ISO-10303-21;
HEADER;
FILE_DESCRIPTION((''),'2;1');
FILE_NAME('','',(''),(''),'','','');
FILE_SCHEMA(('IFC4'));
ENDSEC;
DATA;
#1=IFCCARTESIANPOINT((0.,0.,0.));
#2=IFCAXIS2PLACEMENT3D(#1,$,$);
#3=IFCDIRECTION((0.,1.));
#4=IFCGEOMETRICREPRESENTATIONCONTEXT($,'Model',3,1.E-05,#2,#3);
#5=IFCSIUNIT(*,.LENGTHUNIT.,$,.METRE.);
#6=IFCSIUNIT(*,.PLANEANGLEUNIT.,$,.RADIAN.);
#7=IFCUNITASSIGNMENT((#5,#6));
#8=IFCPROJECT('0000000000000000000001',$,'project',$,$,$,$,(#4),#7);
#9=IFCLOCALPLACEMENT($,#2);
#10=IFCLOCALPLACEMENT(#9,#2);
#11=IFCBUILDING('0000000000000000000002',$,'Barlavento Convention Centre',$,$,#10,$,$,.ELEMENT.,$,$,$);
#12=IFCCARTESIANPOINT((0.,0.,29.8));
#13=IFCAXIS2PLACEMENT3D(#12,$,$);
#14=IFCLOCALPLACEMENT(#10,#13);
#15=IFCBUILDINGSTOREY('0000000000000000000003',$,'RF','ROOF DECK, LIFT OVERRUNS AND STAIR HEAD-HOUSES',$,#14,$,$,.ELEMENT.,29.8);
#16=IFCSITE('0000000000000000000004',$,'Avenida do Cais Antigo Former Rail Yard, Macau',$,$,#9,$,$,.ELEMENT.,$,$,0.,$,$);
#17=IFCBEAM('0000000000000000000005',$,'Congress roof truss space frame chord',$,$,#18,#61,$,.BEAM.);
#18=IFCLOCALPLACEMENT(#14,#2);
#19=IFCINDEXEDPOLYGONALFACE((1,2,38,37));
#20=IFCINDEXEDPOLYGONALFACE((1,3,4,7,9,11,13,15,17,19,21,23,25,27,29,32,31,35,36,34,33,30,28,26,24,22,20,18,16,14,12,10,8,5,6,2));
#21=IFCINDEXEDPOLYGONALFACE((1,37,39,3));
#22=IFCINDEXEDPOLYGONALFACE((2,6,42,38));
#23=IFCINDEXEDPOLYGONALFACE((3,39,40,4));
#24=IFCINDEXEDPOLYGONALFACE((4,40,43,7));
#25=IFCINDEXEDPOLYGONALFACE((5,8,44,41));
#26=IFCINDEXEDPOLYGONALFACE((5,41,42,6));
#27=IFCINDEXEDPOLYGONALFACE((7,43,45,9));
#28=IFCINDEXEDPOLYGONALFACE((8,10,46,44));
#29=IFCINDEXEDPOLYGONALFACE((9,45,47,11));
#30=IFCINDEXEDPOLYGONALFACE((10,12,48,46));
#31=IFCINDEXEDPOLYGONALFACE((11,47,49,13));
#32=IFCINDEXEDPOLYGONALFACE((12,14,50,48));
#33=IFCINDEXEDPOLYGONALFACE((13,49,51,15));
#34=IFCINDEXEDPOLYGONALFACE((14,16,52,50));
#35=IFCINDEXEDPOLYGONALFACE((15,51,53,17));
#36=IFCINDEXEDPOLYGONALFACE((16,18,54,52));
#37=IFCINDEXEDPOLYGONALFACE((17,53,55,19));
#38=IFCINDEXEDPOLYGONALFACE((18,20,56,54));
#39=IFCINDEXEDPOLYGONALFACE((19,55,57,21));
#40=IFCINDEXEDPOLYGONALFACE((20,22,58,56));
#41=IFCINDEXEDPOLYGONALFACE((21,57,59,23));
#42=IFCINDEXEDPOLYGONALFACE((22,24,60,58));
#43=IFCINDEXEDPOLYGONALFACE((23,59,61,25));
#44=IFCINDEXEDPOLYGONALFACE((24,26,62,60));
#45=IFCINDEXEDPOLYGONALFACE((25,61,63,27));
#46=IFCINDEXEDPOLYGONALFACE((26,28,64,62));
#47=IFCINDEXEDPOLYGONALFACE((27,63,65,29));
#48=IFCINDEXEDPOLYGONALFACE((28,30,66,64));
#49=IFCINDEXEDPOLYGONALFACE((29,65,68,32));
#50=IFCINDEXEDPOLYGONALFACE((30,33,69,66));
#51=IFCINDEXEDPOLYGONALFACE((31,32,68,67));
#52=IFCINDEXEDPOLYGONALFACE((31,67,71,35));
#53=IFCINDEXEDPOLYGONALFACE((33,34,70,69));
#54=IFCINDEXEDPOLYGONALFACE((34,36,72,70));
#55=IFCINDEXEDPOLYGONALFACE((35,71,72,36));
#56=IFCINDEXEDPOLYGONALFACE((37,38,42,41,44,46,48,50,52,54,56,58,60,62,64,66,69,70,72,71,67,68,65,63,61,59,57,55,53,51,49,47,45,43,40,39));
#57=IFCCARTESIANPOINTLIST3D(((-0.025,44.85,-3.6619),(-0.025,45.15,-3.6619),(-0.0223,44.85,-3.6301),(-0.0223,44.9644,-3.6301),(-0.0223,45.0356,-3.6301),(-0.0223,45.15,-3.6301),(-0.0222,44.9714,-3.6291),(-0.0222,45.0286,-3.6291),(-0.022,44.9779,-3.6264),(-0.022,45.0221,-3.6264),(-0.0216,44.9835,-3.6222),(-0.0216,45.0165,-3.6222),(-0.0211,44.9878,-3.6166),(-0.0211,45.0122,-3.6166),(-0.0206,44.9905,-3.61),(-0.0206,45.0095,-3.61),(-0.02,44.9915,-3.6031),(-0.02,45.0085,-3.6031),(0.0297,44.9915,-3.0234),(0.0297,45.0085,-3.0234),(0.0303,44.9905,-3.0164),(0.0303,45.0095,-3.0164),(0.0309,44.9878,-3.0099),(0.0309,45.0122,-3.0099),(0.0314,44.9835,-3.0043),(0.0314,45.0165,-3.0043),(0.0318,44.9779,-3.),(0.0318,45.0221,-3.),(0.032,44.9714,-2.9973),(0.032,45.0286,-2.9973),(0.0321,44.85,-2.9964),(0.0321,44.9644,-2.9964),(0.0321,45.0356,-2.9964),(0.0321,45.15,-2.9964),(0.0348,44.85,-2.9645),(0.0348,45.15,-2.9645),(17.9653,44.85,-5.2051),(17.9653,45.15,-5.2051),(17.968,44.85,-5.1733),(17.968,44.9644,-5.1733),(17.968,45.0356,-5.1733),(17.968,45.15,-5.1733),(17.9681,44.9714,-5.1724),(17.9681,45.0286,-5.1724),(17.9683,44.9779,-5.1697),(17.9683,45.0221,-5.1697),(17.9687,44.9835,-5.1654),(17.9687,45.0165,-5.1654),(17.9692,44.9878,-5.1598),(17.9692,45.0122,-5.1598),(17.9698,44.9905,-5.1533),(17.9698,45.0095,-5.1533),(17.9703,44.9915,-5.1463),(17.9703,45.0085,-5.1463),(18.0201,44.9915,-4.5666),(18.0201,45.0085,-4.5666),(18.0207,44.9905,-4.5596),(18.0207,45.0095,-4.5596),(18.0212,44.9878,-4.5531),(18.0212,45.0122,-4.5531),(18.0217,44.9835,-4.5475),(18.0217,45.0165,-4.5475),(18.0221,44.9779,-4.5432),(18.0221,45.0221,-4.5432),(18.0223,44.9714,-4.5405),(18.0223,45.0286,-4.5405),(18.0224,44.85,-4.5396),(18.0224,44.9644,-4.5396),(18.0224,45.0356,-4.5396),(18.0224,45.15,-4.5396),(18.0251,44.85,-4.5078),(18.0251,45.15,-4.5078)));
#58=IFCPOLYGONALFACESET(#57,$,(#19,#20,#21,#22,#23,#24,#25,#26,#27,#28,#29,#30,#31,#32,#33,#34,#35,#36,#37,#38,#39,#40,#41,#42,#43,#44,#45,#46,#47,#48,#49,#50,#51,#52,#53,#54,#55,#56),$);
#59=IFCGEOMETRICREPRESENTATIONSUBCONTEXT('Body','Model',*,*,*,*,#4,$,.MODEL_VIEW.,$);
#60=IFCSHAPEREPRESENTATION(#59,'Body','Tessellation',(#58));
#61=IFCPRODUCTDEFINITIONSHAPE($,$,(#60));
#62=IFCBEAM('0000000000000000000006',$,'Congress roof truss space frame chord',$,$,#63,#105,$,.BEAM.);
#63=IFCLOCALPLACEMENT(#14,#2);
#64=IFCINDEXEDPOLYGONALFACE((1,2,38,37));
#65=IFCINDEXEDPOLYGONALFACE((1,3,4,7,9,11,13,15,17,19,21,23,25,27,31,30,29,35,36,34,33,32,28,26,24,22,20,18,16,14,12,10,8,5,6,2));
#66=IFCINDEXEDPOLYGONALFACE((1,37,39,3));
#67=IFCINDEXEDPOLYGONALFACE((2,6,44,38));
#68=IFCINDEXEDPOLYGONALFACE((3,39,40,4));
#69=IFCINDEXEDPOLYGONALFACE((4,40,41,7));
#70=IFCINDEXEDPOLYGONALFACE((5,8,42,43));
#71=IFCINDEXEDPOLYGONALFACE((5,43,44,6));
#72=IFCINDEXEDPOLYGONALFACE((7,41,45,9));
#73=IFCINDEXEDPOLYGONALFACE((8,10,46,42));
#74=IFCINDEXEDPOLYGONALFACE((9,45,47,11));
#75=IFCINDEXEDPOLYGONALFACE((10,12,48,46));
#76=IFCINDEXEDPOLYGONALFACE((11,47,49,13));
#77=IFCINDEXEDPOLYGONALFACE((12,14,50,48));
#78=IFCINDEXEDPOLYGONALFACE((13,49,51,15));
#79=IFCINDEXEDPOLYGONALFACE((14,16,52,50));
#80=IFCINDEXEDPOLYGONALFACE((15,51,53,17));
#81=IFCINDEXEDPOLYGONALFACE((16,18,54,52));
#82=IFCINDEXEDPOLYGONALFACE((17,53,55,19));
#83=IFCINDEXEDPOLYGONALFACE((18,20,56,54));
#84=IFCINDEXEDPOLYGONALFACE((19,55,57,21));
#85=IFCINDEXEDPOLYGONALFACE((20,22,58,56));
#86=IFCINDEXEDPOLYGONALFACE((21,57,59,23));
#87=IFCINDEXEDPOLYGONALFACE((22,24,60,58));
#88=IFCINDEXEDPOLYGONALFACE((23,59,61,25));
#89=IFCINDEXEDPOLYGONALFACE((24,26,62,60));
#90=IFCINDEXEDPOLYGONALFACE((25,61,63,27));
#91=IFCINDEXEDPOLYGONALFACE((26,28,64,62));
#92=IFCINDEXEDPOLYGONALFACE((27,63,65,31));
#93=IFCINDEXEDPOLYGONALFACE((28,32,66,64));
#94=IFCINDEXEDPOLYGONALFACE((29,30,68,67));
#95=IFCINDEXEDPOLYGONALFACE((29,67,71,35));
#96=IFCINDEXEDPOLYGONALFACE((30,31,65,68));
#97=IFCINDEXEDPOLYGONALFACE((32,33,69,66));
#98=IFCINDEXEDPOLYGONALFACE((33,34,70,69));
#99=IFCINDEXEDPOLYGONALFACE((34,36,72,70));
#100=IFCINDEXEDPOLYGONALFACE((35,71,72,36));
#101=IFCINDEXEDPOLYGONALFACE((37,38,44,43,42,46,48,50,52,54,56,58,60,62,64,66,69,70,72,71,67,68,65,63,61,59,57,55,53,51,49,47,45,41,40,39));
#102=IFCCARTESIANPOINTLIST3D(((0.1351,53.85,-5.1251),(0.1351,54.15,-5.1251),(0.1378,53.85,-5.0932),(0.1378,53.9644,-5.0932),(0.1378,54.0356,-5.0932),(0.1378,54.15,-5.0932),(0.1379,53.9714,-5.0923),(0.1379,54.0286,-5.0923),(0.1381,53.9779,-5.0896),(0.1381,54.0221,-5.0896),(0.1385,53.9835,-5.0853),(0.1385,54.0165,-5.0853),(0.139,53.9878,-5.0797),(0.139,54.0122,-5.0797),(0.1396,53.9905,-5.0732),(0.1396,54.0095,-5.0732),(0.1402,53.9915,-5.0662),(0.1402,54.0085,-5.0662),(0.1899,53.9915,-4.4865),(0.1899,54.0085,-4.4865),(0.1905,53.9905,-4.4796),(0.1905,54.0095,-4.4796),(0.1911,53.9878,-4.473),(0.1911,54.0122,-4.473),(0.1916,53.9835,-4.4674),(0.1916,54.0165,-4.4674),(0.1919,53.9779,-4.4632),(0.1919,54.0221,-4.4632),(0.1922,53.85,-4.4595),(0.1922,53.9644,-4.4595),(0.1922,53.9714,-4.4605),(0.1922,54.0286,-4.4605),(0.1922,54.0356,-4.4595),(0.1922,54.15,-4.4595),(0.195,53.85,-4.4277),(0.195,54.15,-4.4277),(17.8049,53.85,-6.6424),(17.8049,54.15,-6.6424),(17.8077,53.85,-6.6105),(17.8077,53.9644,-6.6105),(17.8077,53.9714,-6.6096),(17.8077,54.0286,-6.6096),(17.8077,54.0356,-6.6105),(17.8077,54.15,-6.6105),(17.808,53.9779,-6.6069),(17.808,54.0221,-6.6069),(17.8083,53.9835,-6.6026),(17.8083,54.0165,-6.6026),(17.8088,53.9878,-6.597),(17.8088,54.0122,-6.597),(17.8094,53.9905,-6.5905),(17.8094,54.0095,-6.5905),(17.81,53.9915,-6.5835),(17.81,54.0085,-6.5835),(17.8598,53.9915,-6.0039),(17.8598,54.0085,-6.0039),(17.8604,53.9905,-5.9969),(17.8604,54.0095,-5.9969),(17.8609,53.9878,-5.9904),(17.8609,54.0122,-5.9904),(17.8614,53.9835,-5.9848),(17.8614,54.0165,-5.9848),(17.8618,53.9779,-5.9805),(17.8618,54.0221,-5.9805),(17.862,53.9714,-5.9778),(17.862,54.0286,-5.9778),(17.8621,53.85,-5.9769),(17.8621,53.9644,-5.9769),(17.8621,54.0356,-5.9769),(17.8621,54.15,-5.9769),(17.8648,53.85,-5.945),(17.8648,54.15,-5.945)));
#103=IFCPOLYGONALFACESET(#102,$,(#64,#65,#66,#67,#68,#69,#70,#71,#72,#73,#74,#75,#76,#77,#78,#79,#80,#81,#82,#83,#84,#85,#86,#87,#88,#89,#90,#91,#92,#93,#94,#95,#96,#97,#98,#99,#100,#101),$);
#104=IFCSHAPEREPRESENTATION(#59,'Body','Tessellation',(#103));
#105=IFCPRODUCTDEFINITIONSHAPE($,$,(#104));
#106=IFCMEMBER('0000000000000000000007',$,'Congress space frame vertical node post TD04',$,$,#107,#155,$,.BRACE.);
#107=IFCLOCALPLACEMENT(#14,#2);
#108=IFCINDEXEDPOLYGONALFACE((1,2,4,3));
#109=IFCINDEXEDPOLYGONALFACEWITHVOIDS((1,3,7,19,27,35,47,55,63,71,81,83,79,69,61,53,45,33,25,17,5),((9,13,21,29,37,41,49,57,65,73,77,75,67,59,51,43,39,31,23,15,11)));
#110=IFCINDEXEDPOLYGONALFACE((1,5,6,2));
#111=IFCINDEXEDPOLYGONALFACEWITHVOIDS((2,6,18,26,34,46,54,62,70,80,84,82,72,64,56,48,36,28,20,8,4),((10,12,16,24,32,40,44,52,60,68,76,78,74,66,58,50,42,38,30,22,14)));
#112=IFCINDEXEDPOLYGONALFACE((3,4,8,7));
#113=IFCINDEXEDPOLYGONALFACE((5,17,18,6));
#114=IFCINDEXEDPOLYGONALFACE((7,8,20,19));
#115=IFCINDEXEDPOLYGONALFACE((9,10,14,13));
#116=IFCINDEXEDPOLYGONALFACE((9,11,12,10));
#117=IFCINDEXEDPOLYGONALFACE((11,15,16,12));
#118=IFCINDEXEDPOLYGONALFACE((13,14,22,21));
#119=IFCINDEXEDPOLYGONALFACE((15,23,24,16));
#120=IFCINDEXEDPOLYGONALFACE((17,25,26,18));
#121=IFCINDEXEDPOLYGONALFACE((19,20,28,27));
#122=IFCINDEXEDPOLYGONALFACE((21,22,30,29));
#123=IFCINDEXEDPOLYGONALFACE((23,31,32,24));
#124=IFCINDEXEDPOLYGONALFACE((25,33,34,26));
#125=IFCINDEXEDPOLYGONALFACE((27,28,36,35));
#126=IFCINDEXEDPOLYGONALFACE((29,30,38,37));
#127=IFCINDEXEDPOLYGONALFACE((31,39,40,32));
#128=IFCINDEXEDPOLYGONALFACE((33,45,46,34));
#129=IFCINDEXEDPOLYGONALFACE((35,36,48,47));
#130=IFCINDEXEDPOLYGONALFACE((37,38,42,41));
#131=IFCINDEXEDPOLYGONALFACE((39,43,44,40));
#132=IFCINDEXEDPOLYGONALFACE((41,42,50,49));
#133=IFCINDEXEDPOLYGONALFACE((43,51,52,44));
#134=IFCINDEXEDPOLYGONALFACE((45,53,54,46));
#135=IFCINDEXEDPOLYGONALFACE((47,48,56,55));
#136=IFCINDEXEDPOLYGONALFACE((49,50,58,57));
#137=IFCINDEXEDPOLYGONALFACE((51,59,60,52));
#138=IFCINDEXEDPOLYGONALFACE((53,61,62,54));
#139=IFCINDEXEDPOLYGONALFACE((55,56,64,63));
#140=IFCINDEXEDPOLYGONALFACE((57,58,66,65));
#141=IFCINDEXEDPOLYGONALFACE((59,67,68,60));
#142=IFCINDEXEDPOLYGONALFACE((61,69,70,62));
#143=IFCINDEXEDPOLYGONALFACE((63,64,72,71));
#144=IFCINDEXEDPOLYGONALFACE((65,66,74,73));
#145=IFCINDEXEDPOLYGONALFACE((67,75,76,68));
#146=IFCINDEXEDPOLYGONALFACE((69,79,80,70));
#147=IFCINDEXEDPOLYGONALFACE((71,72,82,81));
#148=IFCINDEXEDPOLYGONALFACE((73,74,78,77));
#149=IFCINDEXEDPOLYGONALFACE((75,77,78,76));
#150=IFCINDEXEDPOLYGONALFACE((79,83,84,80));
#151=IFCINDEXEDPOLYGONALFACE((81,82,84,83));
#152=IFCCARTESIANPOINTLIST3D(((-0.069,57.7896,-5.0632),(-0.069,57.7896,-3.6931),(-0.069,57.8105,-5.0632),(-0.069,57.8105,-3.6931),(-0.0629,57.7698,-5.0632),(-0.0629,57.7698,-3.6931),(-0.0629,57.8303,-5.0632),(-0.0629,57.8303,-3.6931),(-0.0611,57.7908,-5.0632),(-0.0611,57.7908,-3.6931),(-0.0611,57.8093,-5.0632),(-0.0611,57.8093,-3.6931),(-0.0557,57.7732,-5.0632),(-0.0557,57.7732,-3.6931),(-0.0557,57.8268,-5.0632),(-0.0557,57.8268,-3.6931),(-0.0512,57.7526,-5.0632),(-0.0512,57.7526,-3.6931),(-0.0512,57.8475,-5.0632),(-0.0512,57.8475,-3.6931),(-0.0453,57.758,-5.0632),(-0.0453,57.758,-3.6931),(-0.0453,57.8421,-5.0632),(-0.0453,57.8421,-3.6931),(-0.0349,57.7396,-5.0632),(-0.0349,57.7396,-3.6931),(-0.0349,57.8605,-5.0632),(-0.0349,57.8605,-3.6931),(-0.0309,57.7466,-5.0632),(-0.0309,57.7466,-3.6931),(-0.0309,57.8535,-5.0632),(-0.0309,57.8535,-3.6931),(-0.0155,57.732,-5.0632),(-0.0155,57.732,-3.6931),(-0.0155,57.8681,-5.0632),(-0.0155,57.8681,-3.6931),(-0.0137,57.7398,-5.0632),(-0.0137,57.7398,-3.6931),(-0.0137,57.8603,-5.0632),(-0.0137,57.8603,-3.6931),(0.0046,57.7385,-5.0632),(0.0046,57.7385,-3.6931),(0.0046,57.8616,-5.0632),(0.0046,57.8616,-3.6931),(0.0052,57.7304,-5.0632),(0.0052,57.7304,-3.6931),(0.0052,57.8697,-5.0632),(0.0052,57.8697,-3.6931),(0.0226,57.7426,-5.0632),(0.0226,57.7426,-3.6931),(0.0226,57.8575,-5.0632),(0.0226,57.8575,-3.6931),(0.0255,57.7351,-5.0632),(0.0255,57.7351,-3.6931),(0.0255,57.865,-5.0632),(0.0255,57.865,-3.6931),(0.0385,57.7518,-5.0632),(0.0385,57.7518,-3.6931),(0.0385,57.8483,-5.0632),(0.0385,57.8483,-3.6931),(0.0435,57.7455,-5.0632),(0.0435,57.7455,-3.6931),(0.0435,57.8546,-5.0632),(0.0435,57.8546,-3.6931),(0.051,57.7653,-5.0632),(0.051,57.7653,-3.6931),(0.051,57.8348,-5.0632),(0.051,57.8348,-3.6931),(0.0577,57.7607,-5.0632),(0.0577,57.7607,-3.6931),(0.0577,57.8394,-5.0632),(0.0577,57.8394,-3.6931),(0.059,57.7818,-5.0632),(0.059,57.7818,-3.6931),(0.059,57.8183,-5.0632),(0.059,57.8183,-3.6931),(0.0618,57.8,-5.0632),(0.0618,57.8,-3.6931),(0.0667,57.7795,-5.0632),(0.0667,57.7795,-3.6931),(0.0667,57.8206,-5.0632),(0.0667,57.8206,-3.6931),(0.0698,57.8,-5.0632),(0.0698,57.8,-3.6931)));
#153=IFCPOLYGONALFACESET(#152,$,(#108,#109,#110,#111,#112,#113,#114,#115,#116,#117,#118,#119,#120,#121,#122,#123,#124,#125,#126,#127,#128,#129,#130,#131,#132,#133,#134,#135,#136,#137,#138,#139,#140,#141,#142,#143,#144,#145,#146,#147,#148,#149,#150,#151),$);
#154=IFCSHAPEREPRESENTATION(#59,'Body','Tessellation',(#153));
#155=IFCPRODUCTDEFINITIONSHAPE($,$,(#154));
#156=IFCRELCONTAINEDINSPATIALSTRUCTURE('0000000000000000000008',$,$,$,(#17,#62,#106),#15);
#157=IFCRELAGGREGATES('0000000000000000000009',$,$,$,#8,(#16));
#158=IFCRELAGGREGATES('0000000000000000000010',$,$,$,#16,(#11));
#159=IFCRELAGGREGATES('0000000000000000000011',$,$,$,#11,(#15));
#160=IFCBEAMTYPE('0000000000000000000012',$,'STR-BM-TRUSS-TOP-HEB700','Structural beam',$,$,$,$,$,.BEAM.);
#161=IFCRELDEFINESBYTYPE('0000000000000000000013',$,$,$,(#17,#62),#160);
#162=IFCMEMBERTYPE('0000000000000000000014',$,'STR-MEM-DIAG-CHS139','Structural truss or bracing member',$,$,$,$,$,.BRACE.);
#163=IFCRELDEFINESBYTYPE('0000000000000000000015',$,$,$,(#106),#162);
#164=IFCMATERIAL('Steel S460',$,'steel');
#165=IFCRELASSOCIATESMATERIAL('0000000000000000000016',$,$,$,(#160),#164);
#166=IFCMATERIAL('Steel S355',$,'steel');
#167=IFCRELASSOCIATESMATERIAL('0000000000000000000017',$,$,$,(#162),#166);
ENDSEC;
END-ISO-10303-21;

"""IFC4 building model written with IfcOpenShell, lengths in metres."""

from ifc_helpers import new_model, si_unit, direction, frame, origin, origin_2d, place, context, subcontext, project, spatial, hollow_circle, i_section, extrude, material, material_profile, profile_set, type_object, element, save


model = new_model("IFC4")

# Units and contexts
model_context = context("Model", 3, precision=1e-05, world=origin(), true_north=direction((0.0, 1.0)))
body_context = subcontext(model_context, "Body", "Model", "MODEL_VIEW")
ifc_project = project(units=[si_unit("LENGTHUNIT", "METRE"), si_unit("PLANEANGLEUNIT", "RADIAN")], contexts=[model_context])

# Site, building, storey
site_placement = place(None, origin())
site = spatial("IfcSite", under=ifc_project, at=site_placement, Name="Avenida do Cais Antigo Former Rail Yard, Macau", CompositionType="ELEMENT", RefElevation=0.0)
building_placement = place(site_placement, origin())
building = spatial("IfcBuilding", under=site, at=building_placement, Name="Barlavento Convention Centre", CompositionType="ELEMENT")
storey_placement = place(building_placement, frame((0.0, 0.0, 29.8)))
storey = spatial("IfcBuildingStorey", under=building, at=storey_placement, Name="RF", Description="ROOF DECK, LIFT OVERRUNS AND STAIR HEAD-HOUSES", CompositionType="ELEMENT", Elevation=29.8)

# Beams
ifc_material_1 = material(Name="Steel S355", Category="steel")
ifc_material_2 = material(Name="Steel S460", Category="steel")
ifc_material_profile_1 = material_profile(ifc_material_2, i_section(OverallWidth=0.3, OverallDepth=0.7, WebThickness=0.0171, FlangeThickness=0.032, FilletRadius=0.0271, at=origin_2d()), Name="HEB 700")
ifc_profile_set_1 = profile_set([ifc_material_profile_1], Name="Steel S460")
beam_type_1 = type_object("IfcBeamType", Name="STR-BM-TRUSS-TOP-HEB700", Description="Structural beam", PredefinedType="BEAM", material=ifc_profile_set_1)
beam_1_placement = place(storey_placement, frame((0.0049, 45.0, -3.3132), z_axis=(0.996341, 0.0, -0.085467), x_axis=(0.0, 1.0, 0.0)))
element("IfcBeam", 1, at=beam_1_placement, inside=storey, type_object=beam_type_1, Name="Congress roof truss space frame chord", PredefinedType="BEAM", context=body_context, shape_type="SweptSolid", body=[
    extrude(i_section(OverallWidth=0.3, OverallDepth=0.7, WebThickness=0.0171, FlangeThickness=0.032, FilletRadius=0.0271, at=origin_2d()), origin(), (0.0, 0.0, 1.0), 18.0564),
])
beam_2_placement = place(storey_placement, frame((0.165, 54.0, -4.7764), z_axis=(0.996333, 0.0, -0.085556), x_axis=(0.0, 1.0, 0.0)))
element("IfcBeam", 2, at=beam_2_placement, inside=storey, type_object=beam_type_1, Name="Congress roof truss space frame chord", PredefinedType="BEAM", context=body_context, shape_type="SweptSolid", body=[
    extrude(i_section(OverallWidth=0.3, OverallDepth=0.7, WebThickness=0.0171, FlangeThickness=0.032, FilletRadius=0.0271, at=origin_2d()), origin(), (0.0, 0.0, 1.0), 17.7349),
])

# Member
ifc_material_profile_2 = material_profile(ifc_material_1, hollow_circle(Radius=0.0698, WallThickness=0.0081, at=origin_2d()), Name="CHS 139.7x8.0")
ifc_profile_set_2 = profile_set([ifc_material_profile_2], Name="Steel S355")
member_type_1 = type_object("IfcMemberType", Name="STR-MEM-DIAG-CHS139", Description="Structural truss or bracing member", PredefinedType="BRACE", material=ifc_profile_set_2)
for number, where, z_axis, x_axis, name in (
    (3, (0.0, 57.8, -5.0632), (0.0, 0.0, 1.0), (1.0, 0.0, 0.0), "Congress space frame vertical node post TD04"),
):
    element("IfcMember", number, at=place(storey_placement, frame(where, z_axis=z_axis, x_axis=x_axis)), inside=storey, type_object=member_type_1, Name=name, PredefinedType="BRACE", context=body_context, shape_type="SweptSolid", body=[
        extrude(hollow_circle(Radius=0.0698, WallThickness=0.0081, at=origin_2d()), origin(), (0.0, 0.0, 1.0), 1.3701),
    ])

save(model, "model.ifc")
